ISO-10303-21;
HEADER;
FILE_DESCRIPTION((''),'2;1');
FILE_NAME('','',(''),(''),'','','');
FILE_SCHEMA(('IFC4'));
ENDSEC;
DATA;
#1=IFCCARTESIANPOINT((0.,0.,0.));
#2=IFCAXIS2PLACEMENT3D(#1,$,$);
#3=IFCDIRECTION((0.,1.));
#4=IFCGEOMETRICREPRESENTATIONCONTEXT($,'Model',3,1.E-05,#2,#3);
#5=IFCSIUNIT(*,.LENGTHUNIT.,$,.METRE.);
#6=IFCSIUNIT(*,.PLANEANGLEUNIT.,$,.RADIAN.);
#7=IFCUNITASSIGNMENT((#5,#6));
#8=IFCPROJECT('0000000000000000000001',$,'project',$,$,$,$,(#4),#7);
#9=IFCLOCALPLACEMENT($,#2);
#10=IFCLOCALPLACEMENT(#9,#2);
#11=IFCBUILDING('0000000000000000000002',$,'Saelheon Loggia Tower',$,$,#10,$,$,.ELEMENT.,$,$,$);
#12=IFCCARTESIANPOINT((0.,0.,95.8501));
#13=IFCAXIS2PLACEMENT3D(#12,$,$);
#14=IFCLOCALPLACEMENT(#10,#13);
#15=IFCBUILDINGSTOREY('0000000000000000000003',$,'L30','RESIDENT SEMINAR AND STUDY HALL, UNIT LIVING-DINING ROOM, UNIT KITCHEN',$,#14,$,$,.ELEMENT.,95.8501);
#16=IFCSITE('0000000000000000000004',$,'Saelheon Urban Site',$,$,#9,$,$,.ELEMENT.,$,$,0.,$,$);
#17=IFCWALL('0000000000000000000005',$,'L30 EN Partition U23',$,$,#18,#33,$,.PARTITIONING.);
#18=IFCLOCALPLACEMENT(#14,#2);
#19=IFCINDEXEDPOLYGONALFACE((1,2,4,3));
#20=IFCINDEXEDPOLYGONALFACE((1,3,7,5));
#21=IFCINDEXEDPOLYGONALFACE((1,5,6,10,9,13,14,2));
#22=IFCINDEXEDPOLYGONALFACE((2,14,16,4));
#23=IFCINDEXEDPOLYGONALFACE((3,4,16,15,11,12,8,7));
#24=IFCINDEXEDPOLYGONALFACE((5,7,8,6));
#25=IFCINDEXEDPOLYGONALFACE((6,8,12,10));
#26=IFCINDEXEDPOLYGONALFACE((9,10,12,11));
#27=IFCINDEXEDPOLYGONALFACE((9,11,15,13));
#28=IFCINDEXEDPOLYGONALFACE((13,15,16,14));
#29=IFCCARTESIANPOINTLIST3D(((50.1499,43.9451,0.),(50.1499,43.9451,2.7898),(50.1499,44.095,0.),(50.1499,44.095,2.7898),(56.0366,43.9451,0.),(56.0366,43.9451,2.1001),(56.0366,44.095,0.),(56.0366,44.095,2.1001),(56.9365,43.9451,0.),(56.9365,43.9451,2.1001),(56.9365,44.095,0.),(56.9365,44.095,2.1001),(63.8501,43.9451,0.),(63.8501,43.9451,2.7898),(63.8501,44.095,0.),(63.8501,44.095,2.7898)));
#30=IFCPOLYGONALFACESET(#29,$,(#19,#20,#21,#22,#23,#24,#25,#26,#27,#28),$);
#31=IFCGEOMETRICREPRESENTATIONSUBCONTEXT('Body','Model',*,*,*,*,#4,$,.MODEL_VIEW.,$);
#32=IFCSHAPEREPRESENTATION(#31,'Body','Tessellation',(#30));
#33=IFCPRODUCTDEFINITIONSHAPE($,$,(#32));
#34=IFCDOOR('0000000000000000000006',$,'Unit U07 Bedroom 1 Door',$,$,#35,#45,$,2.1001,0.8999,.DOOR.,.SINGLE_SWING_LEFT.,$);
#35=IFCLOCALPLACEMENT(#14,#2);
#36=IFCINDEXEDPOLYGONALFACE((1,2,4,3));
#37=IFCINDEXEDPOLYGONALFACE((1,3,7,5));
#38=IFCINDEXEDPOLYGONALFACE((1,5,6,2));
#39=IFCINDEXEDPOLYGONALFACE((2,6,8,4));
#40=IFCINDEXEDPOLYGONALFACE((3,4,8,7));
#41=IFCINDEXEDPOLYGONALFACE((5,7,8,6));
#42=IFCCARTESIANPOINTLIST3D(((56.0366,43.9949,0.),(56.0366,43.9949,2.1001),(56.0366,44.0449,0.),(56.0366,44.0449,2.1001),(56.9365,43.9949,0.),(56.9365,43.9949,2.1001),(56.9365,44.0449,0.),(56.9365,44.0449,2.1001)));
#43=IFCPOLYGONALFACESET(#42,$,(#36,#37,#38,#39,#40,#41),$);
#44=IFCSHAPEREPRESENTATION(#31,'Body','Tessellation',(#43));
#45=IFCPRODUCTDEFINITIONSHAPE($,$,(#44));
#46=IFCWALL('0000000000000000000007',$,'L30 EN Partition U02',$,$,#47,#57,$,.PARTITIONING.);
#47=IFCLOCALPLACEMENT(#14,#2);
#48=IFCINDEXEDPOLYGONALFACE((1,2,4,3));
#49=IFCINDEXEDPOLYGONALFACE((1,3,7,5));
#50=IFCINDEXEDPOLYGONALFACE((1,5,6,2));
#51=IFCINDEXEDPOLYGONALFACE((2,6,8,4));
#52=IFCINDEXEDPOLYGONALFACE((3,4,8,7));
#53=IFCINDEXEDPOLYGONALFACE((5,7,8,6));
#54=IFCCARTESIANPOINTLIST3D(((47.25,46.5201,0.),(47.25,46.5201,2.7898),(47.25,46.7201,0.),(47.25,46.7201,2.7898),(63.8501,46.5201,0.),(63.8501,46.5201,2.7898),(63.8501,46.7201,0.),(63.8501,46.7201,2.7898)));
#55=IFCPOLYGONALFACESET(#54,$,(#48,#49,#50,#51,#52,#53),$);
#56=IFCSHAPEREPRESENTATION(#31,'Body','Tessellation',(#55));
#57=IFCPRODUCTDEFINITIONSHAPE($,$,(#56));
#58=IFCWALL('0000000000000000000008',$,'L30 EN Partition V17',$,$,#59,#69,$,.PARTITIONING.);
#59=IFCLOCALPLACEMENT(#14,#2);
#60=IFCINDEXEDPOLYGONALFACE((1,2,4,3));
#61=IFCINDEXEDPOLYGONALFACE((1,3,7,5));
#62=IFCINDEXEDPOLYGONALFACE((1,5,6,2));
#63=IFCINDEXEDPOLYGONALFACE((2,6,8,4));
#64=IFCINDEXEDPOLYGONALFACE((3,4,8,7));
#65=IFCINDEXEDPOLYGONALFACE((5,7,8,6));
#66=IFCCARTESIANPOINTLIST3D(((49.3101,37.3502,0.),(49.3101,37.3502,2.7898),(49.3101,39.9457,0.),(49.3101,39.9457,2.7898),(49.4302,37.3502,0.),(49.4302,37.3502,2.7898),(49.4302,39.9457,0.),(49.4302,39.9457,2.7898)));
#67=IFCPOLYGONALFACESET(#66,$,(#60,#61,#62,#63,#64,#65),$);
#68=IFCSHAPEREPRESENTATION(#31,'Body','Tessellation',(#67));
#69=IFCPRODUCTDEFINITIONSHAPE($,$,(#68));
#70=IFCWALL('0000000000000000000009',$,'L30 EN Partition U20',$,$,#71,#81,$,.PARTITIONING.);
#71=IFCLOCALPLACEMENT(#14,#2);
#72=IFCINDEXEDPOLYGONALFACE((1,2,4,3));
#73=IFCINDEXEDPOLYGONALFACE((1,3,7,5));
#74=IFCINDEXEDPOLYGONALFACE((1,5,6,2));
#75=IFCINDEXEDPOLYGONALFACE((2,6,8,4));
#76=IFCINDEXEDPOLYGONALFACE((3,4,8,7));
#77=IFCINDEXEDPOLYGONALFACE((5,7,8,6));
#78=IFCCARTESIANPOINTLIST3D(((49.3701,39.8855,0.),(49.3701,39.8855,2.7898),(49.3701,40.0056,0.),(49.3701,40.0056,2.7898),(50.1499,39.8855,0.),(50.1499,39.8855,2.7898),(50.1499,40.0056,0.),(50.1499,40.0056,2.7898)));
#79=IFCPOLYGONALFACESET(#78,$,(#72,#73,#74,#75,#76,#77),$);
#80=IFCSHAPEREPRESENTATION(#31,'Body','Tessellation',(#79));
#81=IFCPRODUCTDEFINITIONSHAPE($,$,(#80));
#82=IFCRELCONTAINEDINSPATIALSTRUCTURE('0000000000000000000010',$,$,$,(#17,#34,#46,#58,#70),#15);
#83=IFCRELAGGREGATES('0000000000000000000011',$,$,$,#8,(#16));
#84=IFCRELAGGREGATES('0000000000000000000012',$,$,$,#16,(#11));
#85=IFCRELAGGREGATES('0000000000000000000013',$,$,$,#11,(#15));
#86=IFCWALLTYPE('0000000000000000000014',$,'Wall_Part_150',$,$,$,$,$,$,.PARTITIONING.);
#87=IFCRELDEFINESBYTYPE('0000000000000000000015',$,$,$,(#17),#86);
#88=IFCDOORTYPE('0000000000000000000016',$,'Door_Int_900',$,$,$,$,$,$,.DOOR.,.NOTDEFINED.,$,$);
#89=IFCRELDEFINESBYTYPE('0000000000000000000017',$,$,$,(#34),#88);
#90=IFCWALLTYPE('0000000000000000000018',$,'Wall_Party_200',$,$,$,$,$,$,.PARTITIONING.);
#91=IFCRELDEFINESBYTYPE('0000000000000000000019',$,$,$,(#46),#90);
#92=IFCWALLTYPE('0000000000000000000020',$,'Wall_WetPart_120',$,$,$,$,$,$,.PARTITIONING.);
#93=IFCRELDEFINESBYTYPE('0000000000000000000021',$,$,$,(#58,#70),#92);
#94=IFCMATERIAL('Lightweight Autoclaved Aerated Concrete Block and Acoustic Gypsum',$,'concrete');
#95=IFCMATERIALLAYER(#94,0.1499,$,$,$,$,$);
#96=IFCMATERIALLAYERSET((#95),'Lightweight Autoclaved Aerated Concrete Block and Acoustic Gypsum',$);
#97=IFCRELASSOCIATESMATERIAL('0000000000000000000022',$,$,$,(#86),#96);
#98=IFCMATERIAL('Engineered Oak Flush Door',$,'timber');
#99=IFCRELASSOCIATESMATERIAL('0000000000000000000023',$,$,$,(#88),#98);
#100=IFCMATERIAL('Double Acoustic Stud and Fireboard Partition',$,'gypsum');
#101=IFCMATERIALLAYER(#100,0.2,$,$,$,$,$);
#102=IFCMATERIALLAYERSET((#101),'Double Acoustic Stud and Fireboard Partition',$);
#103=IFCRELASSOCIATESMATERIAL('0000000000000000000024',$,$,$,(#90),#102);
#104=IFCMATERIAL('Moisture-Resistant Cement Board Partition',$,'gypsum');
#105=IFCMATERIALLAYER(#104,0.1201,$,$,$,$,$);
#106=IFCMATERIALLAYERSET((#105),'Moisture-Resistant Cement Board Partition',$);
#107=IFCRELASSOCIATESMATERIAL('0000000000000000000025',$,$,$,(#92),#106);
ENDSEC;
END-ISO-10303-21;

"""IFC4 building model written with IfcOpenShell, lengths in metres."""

from ifc_helpers import new_model, si_unit, direction, frame, frame_2d, origin, place, context, subcontext, project, spatial, rectangle, extrude, source, transform, mapped, material, layer, layer_set, type_object, element, fill, save


model = new_model("IFC4")

# Units and contexts
model_context = context("Model", 3, precision=1e-05, world=origin(), true_north=direction((0.0, 1.0)))
body_context = subcontext(model_context, "Body", "Model", "MODEL_VIEW")
ifc_project = project(units=[si_unit("LENGTHUNIT", "METRE"), si_unit("PLANEANGLEUNIT", "RADIAN")], contexts=[model_context])

# Site, building, storey
site_placement = place(None, origin())
site = spatial("IfcSite", under=ifc_project, at=site_placement, Name="Saelheon Urban Site", CompositionType="ELEMENT", RefElevation=0.0)
building_placement = place(site_placement, origin())
building = spatial("IfcBuilding", under=site, at=building_placement, Name="Saelheon Loggia Tower", CompositionType="ELEMENT")
storey_placement = place(building_placement, frame((0.0, 0.0, 95.8501)))
storey = spatial("IfcBuildingStorey", under=building, at=storey_placement, Name="L30", Description="RESIDENT SEMINAR AND STUDY HALL, UNIT LIVING-DINING ROOM, UNIT KITCHEN", CompositionType="ELEMENT", Elevation=95.8501)

# Shared definitions
ifc_material_1 = material(Name="Lightweight Autoclaved Aerated Concrete Block and Acoustic Gypsum", Category="concrete")
ifc_layer_1 = layer(ifc_material_1, 0.1499)
ifc_layer_set_1 = layer_set([ifc_layer_1], Name="Lightweight Autoclaved Aerated Concrete Block and Acoustic Gypsum")
wall_type_1 = type_object("IfcWallType", Name="Wall_Part_150", PredefinedType="PARTITIONING", material=ifc_layer_set_1)

# Wall, opening, door
ifc_material_2 = material(Name="Engineered Oak Flush Door", Category="timber")
door_type = type_object("IfcDoorType", Name="Door_Int_900", OperationType="NOTDEFINED", PredefinedType="DOOR", material=ifc_material_2)
shared_shape_1 = source(origin(), body_context, "Body", "SweptSolid", [
    extrude(rectangle(XDim=0.8999, YDim=2.1001, at=frame_2d((0.45, 1.05))), frame((0.0, 0.0249, 0.0), z_axis=(0.0, -1.0, 0.0), x_axis=(1.0, 0.0, 0.0)), (0.0, 0.0, 1.0), 0.05),
])
wall_1_placement = place(storey_placement, frame((50.1499, 44.02, 0.0), z_axis=(0.0, 0.0, 1.0), x_axis=(1.0, 0.0, 0.0)))
wall_1 = element("IfcWall", 1, at=wall_1_placement, inside=storey, type_object=wall_type_1, Name="L30 EN Partition U23", PredefinedType="PARTITIONING", context=body_context, shape_type="SweptSolid", body=[
    extrude(rectangle(XDim=13.7002, YDim=0.1499, at=frame_2d((6.8501, 0.0))), origin(), (0.0, 0.0, 1.0), 2.7898),
])
opening_1_placement = place(wall_1_placement, frame((5.8867, 0.0, 0.0)))
opening_1 = element("IfcOpeningElement", 2, at=opening_1_placement, cuts=wall_1, PredefinedType="OPENING", context=body_context, shape_type="SweptSolid", body=[
    extrude(rectangle(XDim=0.8999, YDim=2.1001, at=frame_2d((0.45, 1.05))), frame((0.0, 0.0869, 0.0), z_axis=(0.0, -1.0, 0.0), x_axis=(1.0, 0.0, 0.0)), (0.0, 0.0, 1.0), 0.1738),
])
door_1_placement = place(opening_1_placement, origin())
door_1 = element("IfcDoor", 3, at=door_1_placement, inside=storey, type_object=door_type, Name="Unit U07 Bedroom 1 Door", OperationType="SINGLE_SWING_LEFT", OverallHeight=2.1001, OverallWidth=0.8999, PredefinedType="DOOR", context=body_context, shape_type="MappedRepresentation", body=[
    mapped(shared_shape_1, transform((0.0, 0.0, 0.0), scale=1.0)),
])
fill(opening_1, door_1)

# Walls
ifc_material_3 = material(Name="Double Acoustic Stud and Fireboard Partition", Category="gypsum")
ifc_layer_2 = layer(ifc_material_3, 0.2)
ifc_layer_set_2 = layer_set([ifc_layer_2], Name="Double Acoustic Stud and Fireboard Partition")
wall_type_2 = type_object("IfcWallType", Name="Wall_Party_200", PredefinedType="PARTITIONING", material=ifc_layer_set_2)
wall_2_placement = place(storey_placement, frame((47.25, 46.6201, 0.0), z_axis=(0.0, 0.0, 1.0), x_axis=(1.0, 0.0, 0.0)))
element("IfcWall", 4, at=wall_2_placement, inside=storey, type_object=wall_type_2, Name="L30 EN Partition U02", PredefinedType="PARTITIONING", context=body_context, shape_type="SweptSolid", body=[
    extrude(rectangle(XDim=16.6001, YDim=0.2, at=frame_2d((8.3, 0.0))), origin(), (0.0, 0.0, 1.0), 2.7898),
])
ifc_material_4 = material(Name="Moisture-Resistant Cement Board Partition", Category="gypsum")
ifc_layer_3 = layer(ifc_material_4, 0.1201)
ifc_layer_set_3 = layer_set([ifc_layer_3], Name="Moisture-Resistant Cement Board Partition")
wall_type_3 = type_object("IfcWallType", Name="Wall_WetPart_120", PredefinedType="PARTITIONING", material=ifc_layer_set_3)
wall_3_placement = place(storey_placement, frame((49.3701, 37.3501, 0.0), z_axis=(0.0, 0.0, 1.0), x_axis=(0.0, 1.0, 0.0)))
element("IfcWall", 5, at=wall_3_placement, inside=storey, type_object=wall_type_3, Name="L30 EN Partition V17", PredefinedType="PARTITIONING", context=body_context, shape_type="SweptSolid", body=[
    extrude(rectangle(XDim=2.5955, YDim=0.1201, at=frame_2d((1.2979, 0.0))), origin(), (0.0, 0.0, 1.0), 2.7898),
])
wall_4_placement = place(storey_placement, frame((49.3701, 39.9456, 0.0), z_axis=(0.0, 0.0, 1.0), x_axis=(1.0, 0.0, 0.0)))
element("IfcWall", 6, at=wall_4_placement, inside=storey, type_object=wall_type_3, Name="L30 EN Partition U20", PredefinedType="PARTITIONING", context=body_context, shape_type="SweptSolid", body=[
    extrude(rectangle(XDim=0.7798, YDim=0.1201, at=frame_2d((0.3899, 0.0))), origin(), (0.0, 0.0, 1.0), 2.7898),
])

save(model, "model.ifc")
